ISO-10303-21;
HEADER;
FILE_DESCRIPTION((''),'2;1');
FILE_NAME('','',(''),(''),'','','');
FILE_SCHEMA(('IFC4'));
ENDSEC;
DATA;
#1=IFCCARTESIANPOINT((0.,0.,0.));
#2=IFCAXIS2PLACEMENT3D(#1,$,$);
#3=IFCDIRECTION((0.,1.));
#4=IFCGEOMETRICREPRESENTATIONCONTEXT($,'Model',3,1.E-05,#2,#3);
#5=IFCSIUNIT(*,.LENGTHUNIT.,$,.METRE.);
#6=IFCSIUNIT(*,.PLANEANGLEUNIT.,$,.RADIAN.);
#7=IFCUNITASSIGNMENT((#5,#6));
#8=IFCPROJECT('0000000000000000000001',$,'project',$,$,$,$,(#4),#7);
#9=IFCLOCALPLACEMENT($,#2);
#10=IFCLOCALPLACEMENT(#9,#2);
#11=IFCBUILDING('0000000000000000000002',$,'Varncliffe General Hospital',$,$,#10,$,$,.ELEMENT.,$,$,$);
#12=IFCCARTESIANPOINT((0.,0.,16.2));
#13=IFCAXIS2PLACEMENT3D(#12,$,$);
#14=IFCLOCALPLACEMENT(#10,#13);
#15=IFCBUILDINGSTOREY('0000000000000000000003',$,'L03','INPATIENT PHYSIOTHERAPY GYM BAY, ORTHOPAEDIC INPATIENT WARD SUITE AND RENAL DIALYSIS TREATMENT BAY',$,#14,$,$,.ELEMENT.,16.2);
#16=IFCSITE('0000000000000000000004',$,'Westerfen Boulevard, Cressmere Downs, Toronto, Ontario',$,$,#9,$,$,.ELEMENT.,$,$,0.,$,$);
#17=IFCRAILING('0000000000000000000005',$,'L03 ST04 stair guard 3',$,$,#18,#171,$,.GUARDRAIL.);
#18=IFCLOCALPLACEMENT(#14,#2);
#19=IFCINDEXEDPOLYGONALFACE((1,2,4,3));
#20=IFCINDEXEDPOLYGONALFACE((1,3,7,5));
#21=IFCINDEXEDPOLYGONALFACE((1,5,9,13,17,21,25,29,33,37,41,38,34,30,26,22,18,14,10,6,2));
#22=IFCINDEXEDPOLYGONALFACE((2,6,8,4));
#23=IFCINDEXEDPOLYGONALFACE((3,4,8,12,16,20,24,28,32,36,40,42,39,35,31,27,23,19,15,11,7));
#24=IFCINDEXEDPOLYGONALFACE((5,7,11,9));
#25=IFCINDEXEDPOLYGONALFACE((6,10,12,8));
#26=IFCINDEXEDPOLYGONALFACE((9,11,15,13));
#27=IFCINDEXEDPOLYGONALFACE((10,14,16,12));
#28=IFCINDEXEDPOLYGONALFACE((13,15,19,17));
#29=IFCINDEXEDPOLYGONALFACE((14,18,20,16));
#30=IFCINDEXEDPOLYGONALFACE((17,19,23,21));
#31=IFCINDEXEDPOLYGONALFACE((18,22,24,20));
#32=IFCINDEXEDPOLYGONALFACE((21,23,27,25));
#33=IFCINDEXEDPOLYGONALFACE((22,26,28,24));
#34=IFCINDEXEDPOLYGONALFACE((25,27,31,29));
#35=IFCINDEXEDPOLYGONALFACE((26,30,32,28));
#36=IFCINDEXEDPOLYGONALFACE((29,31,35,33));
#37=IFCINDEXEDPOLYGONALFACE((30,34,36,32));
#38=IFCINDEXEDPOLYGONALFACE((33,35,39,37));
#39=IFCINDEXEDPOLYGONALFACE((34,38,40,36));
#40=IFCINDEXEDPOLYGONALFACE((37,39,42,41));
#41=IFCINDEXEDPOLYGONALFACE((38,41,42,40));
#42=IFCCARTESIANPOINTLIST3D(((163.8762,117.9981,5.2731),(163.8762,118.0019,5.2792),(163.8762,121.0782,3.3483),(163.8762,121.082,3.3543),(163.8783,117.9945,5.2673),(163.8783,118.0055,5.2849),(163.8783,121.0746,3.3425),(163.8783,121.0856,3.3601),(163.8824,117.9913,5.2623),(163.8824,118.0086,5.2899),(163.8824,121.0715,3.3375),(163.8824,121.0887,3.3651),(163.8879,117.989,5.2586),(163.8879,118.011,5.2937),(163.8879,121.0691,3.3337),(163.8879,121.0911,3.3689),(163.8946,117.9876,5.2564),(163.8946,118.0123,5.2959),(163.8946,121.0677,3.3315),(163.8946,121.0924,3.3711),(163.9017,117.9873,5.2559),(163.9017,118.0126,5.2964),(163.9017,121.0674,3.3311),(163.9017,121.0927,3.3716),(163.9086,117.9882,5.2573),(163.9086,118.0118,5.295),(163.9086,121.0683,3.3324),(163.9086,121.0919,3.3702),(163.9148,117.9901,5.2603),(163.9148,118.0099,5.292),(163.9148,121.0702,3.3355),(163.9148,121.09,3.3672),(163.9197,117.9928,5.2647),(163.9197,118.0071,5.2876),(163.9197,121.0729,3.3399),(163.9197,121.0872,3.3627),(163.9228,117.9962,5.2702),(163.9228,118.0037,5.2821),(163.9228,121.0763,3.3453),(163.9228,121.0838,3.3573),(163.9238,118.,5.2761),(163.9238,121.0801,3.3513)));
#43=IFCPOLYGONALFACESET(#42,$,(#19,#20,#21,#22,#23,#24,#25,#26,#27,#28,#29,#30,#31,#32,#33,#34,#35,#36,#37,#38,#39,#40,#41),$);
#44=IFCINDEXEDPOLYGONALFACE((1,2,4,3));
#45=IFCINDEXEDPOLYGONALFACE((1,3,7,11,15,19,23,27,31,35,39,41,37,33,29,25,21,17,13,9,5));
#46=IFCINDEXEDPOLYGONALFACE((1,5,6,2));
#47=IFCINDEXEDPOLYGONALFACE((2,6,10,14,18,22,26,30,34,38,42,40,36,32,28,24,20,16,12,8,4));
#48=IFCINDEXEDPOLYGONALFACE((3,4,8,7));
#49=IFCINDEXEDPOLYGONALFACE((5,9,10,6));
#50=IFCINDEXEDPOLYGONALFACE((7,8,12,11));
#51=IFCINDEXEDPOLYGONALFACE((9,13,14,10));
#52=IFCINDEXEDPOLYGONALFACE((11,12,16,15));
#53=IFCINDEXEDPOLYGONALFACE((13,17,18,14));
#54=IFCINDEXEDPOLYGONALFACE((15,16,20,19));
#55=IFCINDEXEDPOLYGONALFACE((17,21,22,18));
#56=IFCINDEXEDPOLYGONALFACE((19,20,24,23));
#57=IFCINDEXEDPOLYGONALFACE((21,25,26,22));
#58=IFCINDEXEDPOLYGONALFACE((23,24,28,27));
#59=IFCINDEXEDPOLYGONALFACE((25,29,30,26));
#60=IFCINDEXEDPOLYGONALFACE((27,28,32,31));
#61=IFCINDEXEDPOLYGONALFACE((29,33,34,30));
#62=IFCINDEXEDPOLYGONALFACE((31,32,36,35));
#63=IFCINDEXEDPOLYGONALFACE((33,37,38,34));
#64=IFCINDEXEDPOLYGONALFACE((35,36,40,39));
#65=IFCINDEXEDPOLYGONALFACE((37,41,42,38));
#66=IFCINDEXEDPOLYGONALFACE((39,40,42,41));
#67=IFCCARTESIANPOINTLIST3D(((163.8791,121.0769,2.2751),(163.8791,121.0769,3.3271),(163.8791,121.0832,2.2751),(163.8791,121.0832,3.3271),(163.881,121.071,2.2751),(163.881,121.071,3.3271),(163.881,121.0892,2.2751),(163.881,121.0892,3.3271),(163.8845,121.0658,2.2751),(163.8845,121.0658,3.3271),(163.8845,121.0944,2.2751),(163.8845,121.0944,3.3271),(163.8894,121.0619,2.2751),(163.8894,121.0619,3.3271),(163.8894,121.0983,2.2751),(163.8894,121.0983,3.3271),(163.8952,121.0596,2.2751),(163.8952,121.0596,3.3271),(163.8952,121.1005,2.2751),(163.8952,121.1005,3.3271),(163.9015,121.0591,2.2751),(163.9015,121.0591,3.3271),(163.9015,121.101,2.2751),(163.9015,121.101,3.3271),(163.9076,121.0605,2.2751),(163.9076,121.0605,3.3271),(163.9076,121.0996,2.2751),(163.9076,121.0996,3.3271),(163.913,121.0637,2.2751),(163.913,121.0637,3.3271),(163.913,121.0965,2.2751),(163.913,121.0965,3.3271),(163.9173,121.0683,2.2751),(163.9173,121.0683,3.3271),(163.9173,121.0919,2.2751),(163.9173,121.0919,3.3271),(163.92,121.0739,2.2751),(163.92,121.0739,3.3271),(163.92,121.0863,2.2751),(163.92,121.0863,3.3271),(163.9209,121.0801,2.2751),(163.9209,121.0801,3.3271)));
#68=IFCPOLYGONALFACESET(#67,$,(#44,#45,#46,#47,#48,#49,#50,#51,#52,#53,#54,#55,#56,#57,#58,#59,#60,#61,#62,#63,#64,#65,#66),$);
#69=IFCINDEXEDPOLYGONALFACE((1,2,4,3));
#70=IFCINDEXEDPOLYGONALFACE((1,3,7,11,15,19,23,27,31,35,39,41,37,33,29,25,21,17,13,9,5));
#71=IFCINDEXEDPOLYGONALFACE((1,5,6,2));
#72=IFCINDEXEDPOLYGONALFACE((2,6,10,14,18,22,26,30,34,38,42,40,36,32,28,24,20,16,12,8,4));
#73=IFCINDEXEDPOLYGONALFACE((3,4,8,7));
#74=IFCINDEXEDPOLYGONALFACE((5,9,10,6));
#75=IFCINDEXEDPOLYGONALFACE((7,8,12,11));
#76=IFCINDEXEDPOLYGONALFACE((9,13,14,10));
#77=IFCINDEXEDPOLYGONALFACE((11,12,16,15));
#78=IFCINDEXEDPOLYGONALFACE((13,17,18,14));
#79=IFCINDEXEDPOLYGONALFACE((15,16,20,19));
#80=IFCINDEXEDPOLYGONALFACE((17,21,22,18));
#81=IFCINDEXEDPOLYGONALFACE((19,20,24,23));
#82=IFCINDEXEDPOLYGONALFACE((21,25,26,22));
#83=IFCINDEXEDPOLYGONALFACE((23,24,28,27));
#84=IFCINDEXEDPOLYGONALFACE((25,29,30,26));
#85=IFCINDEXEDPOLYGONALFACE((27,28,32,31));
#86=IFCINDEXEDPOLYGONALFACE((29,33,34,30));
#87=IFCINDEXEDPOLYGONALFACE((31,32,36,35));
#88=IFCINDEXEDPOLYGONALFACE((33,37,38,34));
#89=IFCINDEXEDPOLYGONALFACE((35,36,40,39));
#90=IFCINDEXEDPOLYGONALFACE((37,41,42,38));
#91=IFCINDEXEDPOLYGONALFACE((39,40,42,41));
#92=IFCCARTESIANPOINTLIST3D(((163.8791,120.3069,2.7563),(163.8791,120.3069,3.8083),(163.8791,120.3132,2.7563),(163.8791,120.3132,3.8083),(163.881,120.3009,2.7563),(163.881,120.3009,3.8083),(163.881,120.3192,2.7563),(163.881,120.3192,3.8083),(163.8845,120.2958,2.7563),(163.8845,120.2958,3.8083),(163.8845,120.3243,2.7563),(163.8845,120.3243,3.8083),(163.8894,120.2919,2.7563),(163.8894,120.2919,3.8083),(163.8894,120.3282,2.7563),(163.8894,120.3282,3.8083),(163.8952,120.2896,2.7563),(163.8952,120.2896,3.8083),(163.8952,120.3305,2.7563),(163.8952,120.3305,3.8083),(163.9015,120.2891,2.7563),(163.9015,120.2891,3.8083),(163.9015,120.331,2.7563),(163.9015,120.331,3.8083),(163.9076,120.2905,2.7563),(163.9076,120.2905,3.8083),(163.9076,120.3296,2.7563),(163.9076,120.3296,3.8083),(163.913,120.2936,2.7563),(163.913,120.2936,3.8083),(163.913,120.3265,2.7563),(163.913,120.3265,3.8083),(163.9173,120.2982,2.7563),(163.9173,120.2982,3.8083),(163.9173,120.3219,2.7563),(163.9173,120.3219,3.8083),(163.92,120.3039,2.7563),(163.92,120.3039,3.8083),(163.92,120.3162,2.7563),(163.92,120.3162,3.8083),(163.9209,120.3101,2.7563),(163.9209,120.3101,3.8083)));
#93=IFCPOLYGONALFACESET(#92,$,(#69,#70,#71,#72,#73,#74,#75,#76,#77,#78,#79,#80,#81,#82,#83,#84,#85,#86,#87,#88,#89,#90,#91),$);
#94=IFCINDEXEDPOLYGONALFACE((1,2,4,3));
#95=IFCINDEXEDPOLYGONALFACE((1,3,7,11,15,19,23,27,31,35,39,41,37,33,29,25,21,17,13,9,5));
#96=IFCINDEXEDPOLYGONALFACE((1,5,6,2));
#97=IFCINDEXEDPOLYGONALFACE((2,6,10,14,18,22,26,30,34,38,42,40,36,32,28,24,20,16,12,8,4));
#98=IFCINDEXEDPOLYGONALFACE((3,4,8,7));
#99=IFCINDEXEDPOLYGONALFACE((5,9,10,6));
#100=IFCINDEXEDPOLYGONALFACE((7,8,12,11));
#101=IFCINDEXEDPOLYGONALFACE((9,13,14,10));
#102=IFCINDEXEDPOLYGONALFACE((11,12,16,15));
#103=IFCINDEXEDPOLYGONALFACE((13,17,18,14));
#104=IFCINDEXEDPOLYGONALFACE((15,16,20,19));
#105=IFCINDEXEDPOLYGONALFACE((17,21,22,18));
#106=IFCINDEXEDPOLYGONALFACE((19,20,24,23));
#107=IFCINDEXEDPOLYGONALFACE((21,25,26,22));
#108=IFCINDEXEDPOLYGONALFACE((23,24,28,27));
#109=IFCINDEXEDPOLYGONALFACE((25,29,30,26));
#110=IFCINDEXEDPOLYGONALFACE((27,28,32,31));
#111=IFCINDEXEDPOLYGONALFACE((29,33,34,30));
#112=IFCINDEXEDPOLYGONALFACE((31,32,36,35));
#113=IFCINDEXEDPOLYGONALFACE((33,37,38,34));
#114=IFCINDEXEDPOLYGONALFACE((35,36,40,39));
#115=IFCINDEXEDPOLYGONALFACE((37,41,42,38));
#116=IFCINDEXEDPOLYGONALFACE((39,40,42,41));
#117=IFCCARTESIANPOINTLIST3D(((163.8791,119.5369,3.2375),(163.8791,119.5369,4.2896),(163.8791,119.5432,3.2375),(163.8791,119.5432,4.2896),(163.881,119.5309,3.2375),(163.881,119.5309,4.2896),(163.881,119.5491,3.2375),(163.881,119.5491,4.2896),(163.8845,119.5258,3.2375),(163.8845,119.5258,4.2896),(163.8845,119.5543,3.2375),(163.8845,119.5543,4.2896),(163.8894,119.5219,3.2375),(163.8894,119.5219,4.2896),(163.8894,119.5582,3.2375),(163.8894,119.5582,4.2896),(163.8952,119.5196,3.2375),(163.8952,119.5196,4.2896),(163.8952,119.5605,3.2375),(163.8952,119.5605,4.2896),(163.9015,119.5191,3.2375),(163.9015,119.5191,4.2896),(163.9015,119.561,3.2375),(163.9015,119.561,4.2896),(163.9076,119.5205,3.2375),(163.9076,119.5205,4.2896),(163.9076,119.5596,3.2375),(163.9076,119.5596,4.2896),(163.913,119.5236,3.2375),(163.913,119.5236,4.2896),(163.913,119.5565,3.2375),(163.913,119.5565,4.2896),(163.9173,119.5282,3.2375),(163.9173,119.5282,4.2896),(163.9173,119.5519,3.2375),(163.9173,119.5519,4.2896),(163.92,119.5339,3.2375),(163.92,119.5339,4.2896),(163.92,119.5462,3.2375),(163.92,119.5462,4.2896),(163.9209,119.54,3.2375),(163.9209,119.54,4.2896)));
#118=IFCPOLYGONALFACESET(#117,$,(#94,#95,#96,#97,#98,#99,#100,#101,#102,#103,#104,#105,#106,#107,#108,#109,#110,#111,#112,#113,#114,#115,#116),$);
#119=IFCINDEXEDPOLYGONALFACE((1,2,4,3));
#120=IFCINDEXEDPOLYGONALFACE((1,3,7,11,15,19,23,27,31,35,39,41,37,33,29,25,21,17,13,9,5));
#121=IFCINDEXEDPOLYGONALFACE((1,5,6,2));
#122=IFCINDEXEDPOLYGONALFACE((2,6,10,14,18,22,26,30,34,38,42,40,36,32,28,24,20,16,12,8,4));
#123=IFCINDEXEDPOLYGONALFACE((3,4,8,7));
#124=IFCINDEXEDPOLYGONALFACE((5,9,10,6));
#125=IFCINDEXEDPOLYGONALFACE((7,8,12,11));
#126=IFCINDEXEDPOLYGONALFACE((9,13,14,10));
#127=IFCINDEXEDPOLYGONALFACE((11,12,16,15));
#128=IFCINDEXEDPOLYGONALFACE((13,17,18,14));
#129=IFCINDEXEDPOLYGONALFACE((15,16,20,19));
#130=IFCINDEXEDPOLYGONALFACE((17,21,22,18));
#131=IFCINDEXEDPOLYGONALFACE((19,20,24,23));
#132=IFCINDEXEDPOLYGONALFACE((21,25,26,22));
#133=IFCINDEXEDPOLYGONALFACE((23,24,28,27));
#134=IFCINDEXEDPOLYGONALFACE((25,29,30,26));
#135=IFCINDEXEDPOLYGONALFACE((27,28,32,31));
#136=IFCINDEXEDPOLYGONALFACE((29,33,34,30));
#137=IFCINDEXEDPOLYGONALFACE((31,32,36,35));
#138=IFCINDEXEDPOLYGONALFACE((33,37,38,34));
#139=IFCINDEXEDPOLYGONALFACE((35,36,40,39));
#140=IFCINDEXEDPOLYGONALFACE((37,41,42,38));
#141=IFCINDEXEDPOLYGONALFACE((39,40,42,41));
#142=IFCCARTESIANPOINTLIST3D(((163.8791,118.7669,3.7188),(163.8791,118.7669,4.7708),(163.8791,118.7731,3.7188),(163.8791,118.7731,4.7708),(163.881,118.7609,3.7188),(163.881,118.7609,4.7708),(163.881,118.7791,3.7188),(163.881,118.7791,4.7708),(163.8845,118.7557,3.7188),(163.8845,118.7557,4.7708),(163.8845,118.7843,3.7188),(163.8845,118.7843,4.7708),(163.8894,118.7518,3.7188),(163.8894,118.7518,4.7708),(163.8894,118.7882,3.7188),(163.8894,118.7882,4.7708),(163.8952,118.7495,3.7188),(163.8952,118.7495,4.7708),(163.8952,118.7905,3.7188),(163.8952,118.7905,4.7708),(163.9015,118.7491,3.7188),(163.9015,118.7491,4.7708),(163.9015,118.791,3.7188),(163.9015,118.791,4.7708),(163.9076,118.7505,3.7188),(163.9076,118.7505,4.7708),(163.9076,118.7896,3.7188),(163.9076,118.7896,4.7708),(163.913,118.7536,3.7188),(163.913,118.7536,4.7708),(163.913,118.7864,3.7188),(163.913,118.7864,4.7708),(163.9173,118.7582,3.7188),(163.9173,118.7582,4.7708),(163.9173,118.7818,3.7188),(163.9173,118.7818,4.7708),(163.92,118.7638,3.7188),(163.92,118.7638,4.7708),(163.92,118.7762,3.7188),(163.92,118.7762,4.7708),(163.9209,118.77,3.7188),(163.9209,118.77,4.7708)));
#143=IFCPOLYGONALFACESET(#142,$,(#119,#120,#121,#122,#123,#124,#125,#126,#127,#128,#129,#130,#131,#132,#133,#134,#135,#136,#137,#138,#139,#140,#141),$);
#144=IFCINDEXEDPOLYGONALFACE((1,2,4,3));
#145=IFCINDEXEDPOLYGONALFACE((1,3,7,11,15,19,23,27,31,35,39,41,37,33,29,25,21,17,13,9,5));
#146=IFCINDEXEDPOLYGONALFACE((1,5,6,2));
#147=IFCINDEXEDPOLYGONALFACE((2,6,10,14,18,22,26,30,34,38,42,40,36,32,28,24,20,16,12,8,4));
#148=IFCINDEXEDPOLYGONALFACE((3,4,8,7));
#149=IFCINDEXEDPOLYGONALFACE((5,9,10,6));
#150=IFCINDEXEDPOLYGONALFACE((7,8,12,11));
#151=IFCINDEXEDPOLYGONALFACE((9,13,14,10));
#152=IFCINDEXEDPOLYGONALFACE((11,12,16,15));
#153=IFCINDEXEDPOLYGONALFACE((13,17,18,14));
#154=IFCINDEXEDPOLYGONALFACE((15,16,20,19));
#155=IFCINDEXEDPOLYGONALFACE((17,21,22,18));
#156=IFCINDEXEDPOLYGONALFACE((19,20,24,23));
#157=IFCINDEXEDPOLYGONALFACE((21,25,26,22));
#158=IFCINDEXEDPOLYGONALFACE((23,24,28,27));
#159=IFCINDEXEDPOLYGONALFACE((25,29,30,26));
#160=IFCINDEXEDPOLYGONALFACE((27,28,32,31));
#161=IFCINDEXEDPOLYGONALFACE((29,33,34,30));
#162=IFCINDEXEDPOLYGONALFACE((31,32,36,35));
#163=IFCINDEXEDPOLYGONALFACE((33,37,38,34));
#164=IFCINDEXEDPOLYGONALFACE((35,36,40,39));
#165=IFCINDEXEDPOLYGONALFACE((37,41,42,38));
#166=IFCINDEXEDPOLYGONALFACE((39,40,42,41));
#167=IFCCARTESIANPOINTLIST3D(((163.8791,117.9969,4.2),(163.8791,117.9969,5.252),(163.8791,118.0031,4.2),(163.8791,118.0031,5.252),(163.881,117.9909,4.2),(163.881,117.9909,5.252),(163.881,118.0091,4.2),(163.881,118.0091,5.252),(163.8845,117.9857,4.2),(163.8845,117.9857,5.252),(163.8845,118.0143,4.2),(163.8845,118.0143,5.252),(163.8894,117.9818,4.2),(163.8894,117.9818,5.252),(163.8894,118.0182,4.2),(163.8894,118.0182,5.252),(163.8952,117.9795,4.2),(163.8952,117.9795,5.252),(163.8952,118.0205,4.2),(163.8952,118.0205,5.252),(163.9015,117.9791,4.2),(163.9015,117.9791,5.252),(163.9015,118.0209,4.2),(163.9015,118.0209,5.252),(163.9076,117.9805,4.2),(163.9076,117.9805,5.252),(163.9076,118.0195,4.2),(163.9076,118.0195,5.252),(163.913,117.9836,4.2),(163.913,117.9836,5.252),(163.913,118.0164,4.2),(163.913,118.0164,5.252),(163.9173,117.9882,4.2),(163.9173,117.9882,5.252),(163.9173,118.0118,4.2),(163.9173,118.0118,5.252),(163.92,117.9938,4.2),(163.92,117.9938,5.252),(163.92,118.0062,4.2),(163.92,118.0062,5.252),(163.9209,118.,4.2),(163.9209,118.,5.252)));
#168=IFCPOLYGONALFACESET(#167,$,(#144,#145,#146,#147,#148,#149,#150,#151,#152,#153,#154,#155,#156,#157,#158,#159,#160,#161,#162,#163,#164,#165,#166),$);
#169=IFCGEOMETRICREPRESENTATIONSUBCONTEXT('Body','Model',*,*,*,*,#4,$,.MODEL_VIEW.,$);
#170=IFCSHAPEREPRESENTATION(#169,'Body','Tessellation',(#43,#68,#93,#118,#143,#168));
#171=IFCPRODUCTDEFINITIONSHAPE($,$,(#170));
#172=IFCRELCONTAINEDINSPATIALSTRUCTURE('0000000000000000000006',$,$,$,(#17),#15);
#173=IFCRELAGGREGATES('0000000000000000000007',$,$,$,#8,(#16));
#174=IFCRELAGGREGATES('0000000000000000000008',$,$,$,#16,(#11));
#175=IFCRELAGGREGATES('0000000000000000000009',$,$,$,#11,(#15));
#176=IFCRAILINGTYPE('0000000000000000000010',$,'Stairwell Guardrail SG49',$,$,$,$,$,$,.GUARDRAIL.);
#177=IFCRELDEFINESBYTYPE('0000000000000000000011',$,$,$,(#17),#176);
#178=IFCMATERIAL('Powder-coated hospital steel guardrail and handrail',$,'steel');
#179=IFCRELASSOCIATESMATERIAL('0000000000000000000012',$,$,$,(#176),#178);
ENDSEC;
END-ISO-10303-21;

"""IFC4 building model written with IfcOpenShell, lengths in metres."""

from ifc_helpers import new_model, si_unit, direction, frame, origin, origin_2d, place, context, subcontext, project, spatial, circle, extrude, material, type_object, element, save


model = new_model("IFC4")

# Units and contexts
model_context = context("Model", 3, precision=1e-05, world=origin(), true_north=direction((0.0, 1.0)))
body_context = subcontext(model_context, "Body", "Model", "MODEL_VIEW")
ifc_project = project(units=[si_unit("LENGTHUNIT", "METRE"), si_unit("PLANEANGLEUNIT", "RADIAN")], contexts=[model_context])

# Site, building, storey
site_placement = place(None, origin())
site = spatial("IfcSite", under=ifc_project, at=site_placement, Name="Westerfen Boulevard, Cressmere Downs, Toronto, Ontario", CompositionType="ELEMENT", RefElevation=0.0)
building_placement = place(site_placement, origin())
building = spatial("IfcBuilding", under=site, at=building_placement, Name="Varncliffe General Hospital", CompositionType="ELEMENT")
storey_placement = place(building_placement, frame((0.0, 0.0, 16.2)))
storey = spatial("IfcBuildingStorey", under=building, at=storey_placement, Name="L03", Description="INPATIENT PHYSIOTHERAPY GYM BAY, ORTHOPAEDIC INPATIENT WARD SUITE AND RENAL DIALYSIS TREATMENT BAY", CompositionType="ELEMENT", Elevation=16.2)

# Railing
ifc_material_1 = material(Name="Powder-coated hospital steel guardrail and handrail", Category="steel")
railing_type_1 = type_object("IfcRailingType", Name="Stairwell Guardrail SG49", PredefinedType="GUARDRAIL", material=ifc_material_1)
railing_1_placement = place(storey_placement, frame((163.8999, 121.0801, 2.2751)))
element("IfcRailing", 1, at=railing_1_placement, inside=storey, type_object=railing_type_1, Name="L03 ST04 stair guard 3", PredefinedType="GUARDRAIL", context=body_context, shape_type="SweptSolid", body=[
    extrude(circle(Radius=0.0239, at=origin_2d()), frame((0.0, 0.0, 1.0762), z_axis=(0.0, -0.848029, 0.529951), x_axis=(1.0, 0.0, 0.0)), (0.0, 0.0, 1.0), 3.6321),
    extrude(circle(Radius=0.021, at=origin_2d()), origin(), (0.0, 0.0, 1.0), 1.052),
    extrude(circle(Radius=0.021, at=origin_2d()), frame((0.0, -0.77, 0.4812)), (0.0, 0.0, 1.0), 1.052),
    extrude(circle(Radius=0.021, at=origin_2d()), frame((0.0, -1.54, 0.9624)), (0.0, 0.0, 1.0), 1.052),
    extrude(circle(Radius=0.021, at=origin_2d()), frame((0.0, -2.3101, 1.4436)), (0.0, 0.0, 1.0), 1.052),
    extrude(circle(Radius=0.021, at=origin_2d()), frame((0.0, -3.0801, 1.9248)), (0.0, 0.0, 1.0), 1.052),
])

save(model, "model.ifc")
